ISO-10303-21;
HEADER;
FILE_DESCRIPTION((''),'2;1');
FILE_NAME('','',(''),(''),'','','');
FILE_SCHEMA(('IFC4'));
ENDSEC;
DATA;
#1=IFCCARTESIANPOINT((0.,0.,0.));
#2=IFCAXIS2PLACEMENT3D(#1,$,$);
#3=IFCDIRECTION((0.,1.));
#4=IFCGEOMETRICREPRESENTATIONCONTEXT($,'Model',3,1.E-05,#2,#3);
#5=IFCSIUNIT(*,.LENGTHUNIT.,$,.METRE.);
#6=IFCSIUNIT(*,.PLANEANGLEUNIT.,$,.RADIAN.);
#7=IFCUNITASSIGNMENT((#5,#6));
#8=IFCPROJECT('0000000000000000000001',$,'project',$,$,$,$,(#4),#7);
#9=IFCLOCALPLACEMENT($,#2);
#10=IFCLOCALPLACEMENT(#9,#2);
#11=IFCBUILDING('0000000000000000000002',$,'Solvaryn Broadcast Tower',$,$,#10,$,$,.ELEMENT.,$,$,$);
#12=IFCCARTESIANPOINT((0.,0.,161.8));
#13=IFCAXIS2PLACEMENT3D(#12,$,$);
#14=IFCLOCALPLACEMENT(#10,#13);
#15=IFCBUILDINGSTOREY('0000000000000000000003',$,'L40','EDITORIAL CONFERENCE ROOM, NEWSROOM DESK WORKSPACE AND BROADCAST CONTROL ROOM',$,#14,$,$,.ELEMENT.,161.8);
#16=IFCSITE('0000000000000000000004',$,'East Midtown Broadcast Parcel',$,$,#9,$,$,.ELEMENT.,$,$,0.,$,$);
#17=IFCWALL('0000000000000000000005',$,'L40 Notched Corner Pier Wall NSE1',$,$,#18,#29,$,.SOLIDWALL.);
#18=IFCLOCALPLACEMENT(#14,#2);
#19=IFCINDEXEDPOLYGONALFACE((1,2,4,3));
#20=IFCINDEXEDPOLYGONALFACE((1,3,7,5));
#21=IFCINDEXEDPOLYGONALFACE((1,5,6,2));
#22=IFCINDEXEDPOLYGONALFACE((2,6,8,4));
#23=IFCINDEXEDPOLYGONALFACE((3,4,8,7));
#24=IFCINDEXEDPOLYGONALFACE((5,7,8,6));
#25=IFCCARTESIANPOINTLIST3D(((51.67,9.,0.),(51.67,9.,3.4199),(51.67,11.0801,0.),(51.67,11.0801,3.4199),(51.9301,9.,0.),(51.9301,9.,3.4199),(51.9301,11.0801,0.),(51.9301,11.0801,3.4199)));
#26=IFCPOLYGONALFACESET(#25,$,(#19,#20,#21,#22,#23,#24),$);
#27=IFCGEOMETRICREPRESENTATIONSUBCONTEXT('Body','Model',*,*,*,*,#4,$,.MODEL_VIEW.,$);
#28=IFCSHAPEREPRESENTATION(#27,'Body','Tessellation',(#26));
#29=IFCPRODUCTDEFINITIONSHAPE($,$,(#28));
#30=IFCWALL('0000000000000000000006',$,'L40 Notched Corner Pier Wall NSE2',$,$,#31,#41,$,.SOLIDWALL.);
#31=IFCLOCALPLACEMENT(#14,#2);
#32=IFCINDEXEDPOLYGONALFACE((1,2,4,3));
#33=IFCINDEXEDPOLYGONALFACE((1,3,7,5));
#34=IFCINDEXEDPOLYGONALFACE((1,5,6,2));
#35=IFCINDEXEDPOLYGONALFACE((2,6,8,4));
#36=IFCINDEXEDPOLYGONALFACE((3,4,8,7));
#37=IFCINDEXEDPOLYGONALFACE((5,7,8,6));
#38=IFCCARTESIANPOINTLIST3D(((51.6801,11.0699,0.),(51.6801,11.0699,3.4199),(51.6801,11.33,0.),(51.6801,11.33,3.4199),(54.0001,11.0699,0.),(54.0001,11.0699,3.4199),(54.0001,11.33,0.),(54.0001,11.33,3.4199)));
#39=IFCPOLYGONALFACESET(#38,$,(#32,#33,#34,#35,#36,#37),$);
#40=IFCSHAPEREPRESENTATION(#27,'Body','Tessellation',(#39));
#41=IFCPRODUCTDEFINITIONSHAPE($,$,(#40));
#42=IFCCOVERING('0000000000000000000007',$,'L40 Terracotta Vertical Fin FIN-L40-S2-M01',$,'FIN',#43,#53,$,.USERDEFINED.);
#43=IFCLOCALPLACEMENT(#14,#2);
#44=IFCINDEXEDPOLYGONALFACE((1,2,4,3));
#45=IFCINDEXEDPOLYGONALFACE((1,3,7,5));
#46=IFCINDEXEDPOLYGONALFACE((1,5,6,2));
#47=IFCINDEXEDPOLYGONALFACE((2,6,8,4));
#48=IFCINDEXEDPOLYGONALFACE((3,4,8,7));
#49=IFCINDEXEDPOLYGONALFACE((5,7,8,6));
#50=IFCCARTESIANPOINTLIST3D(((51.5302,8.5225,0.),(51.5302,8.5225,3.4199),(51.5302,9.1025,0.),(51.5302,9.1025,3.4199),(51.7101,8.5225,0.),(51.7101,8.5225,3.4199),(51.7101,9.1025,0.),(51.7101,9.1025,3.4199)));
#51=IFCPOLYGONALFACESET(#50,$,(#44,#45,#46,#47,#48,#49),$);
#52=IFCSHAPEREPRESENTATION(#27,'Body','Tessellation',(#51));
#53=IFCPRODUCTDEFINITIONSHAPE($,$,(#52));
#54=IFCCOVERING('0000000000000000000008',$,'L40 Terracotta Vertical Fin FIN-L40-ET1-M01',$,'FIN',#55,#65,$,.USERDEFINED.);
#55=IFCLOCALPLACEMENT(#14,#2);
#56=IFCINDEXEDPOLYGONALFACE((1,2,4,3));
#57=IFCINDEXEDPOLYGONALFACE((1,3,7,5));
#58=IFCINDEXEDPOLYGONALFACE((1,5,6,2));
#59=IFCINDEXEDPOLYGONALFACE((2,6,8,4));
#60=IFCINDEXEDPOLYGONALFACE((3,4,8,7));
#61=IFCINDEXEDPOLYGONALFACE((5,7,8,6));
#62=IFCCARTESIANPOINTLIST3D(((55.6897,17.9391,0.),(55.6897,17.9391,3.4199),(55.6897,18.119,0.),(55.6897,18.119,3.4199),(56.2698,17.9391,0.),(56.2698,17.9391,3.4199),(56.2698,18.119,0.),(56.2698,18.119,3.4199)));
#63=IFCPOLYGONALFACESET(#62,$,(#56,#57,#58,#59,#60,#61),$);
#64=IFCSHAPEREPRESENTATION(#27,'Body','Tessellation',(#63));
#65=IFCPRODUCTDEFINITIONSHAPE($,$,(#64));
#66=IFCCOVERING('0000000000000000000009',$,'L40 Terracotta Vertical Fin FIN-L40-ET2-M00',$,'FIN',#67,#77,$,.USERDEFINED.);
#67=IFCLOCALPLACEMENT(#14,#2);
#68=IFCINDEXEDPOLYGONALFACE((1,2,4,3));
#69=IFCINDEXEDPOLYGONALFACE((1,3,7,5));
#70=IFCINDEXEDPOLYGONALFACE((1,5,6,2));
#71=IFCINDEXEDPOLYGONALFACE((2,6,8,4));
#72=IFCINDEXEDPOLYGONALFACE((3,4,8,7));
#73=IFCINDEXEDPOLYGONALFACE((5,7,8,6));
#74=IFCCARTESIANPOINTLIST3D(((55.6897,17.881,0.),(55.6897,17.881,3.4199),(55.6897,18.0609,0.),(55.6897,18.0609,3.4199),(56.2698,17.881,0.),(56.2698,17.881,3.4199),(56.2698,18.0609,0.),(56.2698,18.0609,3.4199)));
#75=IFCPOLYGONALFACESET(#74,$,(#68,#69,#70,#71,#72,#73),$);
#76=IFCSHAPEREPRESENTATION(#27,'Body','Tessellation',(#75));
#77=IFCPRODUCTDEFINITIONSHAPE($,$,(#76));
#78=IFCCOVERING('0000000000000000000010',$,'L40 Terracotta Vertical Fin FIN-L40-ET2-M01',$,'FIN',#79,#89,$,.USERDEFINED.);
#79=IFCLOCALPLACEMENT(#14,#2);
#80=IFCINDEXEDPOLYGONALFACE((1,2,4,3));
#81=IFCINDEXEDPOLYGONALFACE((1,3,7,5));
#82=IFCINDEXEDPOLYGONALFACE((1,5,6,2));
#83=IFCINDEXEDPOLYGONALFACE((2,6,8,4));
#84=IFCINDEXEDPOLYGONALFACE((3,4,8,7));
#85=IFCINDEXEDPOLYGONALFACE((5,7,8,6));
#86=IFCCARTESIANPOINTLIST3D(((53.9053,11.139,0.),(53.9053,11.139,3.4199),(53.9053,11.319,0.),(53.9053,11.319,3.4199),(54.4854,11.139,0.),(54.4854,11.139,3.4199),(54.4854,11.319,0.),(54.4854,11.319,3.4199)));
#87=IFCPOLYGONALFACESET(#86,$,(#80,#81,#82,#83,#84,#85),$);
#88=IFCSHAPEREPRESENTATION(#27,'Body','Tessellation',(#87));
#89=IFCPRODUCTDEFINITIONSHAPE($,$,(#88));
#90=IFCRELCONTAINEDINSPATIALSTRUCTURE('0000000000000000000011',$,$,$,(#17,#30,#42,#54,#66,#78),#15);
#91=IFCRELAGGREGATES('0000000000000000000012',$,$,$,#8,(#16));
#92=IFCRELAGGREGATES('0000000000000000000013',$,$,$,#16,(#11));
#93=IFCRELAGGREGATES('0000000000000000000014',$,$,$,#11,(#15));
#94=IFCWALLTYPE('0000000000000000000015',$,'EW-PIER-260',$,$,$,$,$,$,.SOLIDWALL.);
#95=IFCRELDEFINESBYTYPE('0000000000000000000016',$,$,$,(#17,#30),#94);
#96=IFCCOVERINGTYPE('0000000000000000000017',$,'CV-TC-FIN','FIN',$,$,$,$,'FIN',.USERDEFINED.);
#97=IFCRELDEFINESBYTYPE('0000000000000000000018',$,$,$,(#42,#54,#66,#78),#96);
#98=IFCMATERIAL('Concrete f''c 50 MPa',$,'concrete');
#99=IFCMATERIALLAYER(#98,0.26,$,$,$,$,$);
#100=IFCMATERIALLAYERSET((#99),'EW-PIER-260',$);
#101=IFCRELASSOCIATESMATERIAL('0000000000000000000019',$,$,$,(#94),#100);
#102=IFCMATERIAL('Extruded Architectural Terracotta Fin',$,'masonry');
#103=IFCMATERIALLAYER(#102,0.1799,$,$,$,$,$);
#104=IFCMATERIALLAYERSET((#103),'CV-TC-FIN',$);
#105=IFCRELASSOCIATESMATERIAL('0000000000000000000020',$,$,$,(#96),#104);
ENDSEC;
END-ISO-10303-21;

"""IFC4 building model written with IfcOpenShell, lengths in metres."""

from ifc_helpers import new_model, si_unit, direction, frame, frame_2d, origin, origin_2d, place, context, subcontext, project, spatial, rectangle, extrude, material, layer, layer_set, type_object, element, save


model = new_model("IFC4")

# Units and contexts
model_context = context("Model", 3, precision=1e-05, world=origin(), true_north=direction((0.0, 1.0)))
body_context = subcontext(model_context, "Body", "Model", "MODEL_VIEW")
ifc_project = project(units=[si_unit("LENGTHUNIT", "METRE"), si_unit("PLANEANGLEUNIT", "RADIAN")], contexts=[model_context])

# Site, building, storey
site_placement = place(None, origin())
site = spatial("IfcSite", under=ifc_project, at=site_placement, Name="East Midtown Broadcast Parcel", CompositionType="ELEMENT", RefElevation=0.0)
building_placement = place(site_placement, origin())
building = spatial("IfcBuilding", under=site, at=building_placement, Name="Solvaryn Broadcast Tower", CompositionType="ELEMENT")
storey_placement = place(building_placement, frame((0.0, 0.0, 161.8)))
storey = spatial("IfcBuildingStorey", under=building, at=storey_placement, Name="L40", Description="EDITORIAL CONFERENCE ROOM, NEWSROOM DESK WORKSPACE AND BROADCAST CONTROL ROOM", CompositionType="ELEMENT", Elevation=161.8)

# Walls
ifc_material_1 = material(Name="Concrete f'c 50 MPa", Category="concrete")
ifc_layer_1 = layer(ifc_material_1, 0.26)
ifc_layer_set_1 = layer_set([ifc_layer_1], Name="EW-PIER-260")
wall_type = type_object("IfcWallType", Name="EW-PIER-260", PredefinedType="SOLIDWALL", material=ifc_layer_set_1)
wall_1_placement = place(storey_placement, frame((51.8, 9.0, 0.0), z_axis=(0.0, 0.0, 1.0), x_axis=(0.0, 1.0, 0.0)))
element("IfcWall", 1, at=wall_1_placement, inside=storey, type_object=wall_type, Name="L40 Notched Corner Pier Wall NSE1", PredefinedType="SOLIDWALL", context=body_context, shape_type="SweptSolid", body=[
    extrude(rectangle(XDim=2.0801, YDim=0.26, at=frame_2d((1.04, 0.0))), origin(), (0.0, 0.0, 1.0), 3.4199),
])
wall_2_placement = place(storey_placement, frame((51.6799, 11.2, 0.0), z_axis=(0.0, 0.0, 1.0), x_axis=(1.0, 0.0, 0.0)))
element("IfcWall", 2, at=wall_2_placement, inside=storey, type_object=wall_type, Name="L40 Notched Corner Pier Wall NSE2", PredefinedType="SOLIDWALL", context=body_context, shape_type="SweptSolid", body=[
    extrude(rectangle(XDim=2.3201, YDim=0.26, at=frame_2d((1.1602, 0.0))), origin(), (0.0, 0.0, 1.0), 3.4199),
])

# Coverings
ifc_material_2 = material(Name="Extruded Architectural Terracotta Fin", Category="masonry")
ifc_layer_2 = layer(ifc_material_2, 0.1799)
ifc_layer_set_2 = layer_set([ifc_layer_2], Name="CV-TC-FIN")
covering_type = type_object("IfcCoveringType", Name="CV-TC-FIN", Description="FIN", ElementType="FIN", PredefinedType="USERDEFINED", material=ifc_layer_set_2)
covering_placement = place(storey_placement, frame((51.6201, 8.8125, 0.0), z_axis=(0.0, 0.0, 1.0), x_axis=(1.0, 0.0, 0.0)))
element("IfcCovering", 3, at=covering_placement, inside=storey, type_object=covering_type, Name="L40 Terracotta Vertical Fin FIN-L40-S2-M01", ObjectType="FIN", PredefinedType="USERDEFINED", context=body_context, shape_type="SweptSolid", body=[
    extrude(rectangle(XDim=0.1799, YDim=0.5801, at=origin_2d()), origin(), (0.0, 0.0, 1.0), 3.4199),
])
for number, where, z_axis, x_axis, name in (
    (4, (55.9797, 18.0291, 0.0), (0.0, 0.0, 1.0), (1.0, 0.0, 0.0), "L40 Terracotta Vertical Fin FIN-L40-ET1-M01"),
    (5, (55.9797, 17.9709, 0.0), (0.0, 0.0, 1.0), (1.0, 0.0, 0.0), "L40 Terracotta Vertical Fin FIN-L40-ET2-M00"),
    (6, (54.1953, 11.229, 0.0), (0.0, 0.0, 1.0), (1.0, 0.0, 0.0), "L40 Terracotta Vertical Fin FIN-L40-ET2-M01"),
):
    element("IfcCovering", number, at=place(storey_placement, frame(where, z_axis=z_axis, x_axis=x_axis)), inside=storey, type_object=covering_type, Name=name, ObjectType="FIN", PredefinedType="USERDEFINED", context=body_context, shape_type="SweptSolid", body=[
        extrude(rectangle(XDim=0.5801, YDim=0.1799, at=origin_2d()), origin(), (0.0, 0.0, 1.0), 3.4199),
    ])

save(model, "model.ifc")
